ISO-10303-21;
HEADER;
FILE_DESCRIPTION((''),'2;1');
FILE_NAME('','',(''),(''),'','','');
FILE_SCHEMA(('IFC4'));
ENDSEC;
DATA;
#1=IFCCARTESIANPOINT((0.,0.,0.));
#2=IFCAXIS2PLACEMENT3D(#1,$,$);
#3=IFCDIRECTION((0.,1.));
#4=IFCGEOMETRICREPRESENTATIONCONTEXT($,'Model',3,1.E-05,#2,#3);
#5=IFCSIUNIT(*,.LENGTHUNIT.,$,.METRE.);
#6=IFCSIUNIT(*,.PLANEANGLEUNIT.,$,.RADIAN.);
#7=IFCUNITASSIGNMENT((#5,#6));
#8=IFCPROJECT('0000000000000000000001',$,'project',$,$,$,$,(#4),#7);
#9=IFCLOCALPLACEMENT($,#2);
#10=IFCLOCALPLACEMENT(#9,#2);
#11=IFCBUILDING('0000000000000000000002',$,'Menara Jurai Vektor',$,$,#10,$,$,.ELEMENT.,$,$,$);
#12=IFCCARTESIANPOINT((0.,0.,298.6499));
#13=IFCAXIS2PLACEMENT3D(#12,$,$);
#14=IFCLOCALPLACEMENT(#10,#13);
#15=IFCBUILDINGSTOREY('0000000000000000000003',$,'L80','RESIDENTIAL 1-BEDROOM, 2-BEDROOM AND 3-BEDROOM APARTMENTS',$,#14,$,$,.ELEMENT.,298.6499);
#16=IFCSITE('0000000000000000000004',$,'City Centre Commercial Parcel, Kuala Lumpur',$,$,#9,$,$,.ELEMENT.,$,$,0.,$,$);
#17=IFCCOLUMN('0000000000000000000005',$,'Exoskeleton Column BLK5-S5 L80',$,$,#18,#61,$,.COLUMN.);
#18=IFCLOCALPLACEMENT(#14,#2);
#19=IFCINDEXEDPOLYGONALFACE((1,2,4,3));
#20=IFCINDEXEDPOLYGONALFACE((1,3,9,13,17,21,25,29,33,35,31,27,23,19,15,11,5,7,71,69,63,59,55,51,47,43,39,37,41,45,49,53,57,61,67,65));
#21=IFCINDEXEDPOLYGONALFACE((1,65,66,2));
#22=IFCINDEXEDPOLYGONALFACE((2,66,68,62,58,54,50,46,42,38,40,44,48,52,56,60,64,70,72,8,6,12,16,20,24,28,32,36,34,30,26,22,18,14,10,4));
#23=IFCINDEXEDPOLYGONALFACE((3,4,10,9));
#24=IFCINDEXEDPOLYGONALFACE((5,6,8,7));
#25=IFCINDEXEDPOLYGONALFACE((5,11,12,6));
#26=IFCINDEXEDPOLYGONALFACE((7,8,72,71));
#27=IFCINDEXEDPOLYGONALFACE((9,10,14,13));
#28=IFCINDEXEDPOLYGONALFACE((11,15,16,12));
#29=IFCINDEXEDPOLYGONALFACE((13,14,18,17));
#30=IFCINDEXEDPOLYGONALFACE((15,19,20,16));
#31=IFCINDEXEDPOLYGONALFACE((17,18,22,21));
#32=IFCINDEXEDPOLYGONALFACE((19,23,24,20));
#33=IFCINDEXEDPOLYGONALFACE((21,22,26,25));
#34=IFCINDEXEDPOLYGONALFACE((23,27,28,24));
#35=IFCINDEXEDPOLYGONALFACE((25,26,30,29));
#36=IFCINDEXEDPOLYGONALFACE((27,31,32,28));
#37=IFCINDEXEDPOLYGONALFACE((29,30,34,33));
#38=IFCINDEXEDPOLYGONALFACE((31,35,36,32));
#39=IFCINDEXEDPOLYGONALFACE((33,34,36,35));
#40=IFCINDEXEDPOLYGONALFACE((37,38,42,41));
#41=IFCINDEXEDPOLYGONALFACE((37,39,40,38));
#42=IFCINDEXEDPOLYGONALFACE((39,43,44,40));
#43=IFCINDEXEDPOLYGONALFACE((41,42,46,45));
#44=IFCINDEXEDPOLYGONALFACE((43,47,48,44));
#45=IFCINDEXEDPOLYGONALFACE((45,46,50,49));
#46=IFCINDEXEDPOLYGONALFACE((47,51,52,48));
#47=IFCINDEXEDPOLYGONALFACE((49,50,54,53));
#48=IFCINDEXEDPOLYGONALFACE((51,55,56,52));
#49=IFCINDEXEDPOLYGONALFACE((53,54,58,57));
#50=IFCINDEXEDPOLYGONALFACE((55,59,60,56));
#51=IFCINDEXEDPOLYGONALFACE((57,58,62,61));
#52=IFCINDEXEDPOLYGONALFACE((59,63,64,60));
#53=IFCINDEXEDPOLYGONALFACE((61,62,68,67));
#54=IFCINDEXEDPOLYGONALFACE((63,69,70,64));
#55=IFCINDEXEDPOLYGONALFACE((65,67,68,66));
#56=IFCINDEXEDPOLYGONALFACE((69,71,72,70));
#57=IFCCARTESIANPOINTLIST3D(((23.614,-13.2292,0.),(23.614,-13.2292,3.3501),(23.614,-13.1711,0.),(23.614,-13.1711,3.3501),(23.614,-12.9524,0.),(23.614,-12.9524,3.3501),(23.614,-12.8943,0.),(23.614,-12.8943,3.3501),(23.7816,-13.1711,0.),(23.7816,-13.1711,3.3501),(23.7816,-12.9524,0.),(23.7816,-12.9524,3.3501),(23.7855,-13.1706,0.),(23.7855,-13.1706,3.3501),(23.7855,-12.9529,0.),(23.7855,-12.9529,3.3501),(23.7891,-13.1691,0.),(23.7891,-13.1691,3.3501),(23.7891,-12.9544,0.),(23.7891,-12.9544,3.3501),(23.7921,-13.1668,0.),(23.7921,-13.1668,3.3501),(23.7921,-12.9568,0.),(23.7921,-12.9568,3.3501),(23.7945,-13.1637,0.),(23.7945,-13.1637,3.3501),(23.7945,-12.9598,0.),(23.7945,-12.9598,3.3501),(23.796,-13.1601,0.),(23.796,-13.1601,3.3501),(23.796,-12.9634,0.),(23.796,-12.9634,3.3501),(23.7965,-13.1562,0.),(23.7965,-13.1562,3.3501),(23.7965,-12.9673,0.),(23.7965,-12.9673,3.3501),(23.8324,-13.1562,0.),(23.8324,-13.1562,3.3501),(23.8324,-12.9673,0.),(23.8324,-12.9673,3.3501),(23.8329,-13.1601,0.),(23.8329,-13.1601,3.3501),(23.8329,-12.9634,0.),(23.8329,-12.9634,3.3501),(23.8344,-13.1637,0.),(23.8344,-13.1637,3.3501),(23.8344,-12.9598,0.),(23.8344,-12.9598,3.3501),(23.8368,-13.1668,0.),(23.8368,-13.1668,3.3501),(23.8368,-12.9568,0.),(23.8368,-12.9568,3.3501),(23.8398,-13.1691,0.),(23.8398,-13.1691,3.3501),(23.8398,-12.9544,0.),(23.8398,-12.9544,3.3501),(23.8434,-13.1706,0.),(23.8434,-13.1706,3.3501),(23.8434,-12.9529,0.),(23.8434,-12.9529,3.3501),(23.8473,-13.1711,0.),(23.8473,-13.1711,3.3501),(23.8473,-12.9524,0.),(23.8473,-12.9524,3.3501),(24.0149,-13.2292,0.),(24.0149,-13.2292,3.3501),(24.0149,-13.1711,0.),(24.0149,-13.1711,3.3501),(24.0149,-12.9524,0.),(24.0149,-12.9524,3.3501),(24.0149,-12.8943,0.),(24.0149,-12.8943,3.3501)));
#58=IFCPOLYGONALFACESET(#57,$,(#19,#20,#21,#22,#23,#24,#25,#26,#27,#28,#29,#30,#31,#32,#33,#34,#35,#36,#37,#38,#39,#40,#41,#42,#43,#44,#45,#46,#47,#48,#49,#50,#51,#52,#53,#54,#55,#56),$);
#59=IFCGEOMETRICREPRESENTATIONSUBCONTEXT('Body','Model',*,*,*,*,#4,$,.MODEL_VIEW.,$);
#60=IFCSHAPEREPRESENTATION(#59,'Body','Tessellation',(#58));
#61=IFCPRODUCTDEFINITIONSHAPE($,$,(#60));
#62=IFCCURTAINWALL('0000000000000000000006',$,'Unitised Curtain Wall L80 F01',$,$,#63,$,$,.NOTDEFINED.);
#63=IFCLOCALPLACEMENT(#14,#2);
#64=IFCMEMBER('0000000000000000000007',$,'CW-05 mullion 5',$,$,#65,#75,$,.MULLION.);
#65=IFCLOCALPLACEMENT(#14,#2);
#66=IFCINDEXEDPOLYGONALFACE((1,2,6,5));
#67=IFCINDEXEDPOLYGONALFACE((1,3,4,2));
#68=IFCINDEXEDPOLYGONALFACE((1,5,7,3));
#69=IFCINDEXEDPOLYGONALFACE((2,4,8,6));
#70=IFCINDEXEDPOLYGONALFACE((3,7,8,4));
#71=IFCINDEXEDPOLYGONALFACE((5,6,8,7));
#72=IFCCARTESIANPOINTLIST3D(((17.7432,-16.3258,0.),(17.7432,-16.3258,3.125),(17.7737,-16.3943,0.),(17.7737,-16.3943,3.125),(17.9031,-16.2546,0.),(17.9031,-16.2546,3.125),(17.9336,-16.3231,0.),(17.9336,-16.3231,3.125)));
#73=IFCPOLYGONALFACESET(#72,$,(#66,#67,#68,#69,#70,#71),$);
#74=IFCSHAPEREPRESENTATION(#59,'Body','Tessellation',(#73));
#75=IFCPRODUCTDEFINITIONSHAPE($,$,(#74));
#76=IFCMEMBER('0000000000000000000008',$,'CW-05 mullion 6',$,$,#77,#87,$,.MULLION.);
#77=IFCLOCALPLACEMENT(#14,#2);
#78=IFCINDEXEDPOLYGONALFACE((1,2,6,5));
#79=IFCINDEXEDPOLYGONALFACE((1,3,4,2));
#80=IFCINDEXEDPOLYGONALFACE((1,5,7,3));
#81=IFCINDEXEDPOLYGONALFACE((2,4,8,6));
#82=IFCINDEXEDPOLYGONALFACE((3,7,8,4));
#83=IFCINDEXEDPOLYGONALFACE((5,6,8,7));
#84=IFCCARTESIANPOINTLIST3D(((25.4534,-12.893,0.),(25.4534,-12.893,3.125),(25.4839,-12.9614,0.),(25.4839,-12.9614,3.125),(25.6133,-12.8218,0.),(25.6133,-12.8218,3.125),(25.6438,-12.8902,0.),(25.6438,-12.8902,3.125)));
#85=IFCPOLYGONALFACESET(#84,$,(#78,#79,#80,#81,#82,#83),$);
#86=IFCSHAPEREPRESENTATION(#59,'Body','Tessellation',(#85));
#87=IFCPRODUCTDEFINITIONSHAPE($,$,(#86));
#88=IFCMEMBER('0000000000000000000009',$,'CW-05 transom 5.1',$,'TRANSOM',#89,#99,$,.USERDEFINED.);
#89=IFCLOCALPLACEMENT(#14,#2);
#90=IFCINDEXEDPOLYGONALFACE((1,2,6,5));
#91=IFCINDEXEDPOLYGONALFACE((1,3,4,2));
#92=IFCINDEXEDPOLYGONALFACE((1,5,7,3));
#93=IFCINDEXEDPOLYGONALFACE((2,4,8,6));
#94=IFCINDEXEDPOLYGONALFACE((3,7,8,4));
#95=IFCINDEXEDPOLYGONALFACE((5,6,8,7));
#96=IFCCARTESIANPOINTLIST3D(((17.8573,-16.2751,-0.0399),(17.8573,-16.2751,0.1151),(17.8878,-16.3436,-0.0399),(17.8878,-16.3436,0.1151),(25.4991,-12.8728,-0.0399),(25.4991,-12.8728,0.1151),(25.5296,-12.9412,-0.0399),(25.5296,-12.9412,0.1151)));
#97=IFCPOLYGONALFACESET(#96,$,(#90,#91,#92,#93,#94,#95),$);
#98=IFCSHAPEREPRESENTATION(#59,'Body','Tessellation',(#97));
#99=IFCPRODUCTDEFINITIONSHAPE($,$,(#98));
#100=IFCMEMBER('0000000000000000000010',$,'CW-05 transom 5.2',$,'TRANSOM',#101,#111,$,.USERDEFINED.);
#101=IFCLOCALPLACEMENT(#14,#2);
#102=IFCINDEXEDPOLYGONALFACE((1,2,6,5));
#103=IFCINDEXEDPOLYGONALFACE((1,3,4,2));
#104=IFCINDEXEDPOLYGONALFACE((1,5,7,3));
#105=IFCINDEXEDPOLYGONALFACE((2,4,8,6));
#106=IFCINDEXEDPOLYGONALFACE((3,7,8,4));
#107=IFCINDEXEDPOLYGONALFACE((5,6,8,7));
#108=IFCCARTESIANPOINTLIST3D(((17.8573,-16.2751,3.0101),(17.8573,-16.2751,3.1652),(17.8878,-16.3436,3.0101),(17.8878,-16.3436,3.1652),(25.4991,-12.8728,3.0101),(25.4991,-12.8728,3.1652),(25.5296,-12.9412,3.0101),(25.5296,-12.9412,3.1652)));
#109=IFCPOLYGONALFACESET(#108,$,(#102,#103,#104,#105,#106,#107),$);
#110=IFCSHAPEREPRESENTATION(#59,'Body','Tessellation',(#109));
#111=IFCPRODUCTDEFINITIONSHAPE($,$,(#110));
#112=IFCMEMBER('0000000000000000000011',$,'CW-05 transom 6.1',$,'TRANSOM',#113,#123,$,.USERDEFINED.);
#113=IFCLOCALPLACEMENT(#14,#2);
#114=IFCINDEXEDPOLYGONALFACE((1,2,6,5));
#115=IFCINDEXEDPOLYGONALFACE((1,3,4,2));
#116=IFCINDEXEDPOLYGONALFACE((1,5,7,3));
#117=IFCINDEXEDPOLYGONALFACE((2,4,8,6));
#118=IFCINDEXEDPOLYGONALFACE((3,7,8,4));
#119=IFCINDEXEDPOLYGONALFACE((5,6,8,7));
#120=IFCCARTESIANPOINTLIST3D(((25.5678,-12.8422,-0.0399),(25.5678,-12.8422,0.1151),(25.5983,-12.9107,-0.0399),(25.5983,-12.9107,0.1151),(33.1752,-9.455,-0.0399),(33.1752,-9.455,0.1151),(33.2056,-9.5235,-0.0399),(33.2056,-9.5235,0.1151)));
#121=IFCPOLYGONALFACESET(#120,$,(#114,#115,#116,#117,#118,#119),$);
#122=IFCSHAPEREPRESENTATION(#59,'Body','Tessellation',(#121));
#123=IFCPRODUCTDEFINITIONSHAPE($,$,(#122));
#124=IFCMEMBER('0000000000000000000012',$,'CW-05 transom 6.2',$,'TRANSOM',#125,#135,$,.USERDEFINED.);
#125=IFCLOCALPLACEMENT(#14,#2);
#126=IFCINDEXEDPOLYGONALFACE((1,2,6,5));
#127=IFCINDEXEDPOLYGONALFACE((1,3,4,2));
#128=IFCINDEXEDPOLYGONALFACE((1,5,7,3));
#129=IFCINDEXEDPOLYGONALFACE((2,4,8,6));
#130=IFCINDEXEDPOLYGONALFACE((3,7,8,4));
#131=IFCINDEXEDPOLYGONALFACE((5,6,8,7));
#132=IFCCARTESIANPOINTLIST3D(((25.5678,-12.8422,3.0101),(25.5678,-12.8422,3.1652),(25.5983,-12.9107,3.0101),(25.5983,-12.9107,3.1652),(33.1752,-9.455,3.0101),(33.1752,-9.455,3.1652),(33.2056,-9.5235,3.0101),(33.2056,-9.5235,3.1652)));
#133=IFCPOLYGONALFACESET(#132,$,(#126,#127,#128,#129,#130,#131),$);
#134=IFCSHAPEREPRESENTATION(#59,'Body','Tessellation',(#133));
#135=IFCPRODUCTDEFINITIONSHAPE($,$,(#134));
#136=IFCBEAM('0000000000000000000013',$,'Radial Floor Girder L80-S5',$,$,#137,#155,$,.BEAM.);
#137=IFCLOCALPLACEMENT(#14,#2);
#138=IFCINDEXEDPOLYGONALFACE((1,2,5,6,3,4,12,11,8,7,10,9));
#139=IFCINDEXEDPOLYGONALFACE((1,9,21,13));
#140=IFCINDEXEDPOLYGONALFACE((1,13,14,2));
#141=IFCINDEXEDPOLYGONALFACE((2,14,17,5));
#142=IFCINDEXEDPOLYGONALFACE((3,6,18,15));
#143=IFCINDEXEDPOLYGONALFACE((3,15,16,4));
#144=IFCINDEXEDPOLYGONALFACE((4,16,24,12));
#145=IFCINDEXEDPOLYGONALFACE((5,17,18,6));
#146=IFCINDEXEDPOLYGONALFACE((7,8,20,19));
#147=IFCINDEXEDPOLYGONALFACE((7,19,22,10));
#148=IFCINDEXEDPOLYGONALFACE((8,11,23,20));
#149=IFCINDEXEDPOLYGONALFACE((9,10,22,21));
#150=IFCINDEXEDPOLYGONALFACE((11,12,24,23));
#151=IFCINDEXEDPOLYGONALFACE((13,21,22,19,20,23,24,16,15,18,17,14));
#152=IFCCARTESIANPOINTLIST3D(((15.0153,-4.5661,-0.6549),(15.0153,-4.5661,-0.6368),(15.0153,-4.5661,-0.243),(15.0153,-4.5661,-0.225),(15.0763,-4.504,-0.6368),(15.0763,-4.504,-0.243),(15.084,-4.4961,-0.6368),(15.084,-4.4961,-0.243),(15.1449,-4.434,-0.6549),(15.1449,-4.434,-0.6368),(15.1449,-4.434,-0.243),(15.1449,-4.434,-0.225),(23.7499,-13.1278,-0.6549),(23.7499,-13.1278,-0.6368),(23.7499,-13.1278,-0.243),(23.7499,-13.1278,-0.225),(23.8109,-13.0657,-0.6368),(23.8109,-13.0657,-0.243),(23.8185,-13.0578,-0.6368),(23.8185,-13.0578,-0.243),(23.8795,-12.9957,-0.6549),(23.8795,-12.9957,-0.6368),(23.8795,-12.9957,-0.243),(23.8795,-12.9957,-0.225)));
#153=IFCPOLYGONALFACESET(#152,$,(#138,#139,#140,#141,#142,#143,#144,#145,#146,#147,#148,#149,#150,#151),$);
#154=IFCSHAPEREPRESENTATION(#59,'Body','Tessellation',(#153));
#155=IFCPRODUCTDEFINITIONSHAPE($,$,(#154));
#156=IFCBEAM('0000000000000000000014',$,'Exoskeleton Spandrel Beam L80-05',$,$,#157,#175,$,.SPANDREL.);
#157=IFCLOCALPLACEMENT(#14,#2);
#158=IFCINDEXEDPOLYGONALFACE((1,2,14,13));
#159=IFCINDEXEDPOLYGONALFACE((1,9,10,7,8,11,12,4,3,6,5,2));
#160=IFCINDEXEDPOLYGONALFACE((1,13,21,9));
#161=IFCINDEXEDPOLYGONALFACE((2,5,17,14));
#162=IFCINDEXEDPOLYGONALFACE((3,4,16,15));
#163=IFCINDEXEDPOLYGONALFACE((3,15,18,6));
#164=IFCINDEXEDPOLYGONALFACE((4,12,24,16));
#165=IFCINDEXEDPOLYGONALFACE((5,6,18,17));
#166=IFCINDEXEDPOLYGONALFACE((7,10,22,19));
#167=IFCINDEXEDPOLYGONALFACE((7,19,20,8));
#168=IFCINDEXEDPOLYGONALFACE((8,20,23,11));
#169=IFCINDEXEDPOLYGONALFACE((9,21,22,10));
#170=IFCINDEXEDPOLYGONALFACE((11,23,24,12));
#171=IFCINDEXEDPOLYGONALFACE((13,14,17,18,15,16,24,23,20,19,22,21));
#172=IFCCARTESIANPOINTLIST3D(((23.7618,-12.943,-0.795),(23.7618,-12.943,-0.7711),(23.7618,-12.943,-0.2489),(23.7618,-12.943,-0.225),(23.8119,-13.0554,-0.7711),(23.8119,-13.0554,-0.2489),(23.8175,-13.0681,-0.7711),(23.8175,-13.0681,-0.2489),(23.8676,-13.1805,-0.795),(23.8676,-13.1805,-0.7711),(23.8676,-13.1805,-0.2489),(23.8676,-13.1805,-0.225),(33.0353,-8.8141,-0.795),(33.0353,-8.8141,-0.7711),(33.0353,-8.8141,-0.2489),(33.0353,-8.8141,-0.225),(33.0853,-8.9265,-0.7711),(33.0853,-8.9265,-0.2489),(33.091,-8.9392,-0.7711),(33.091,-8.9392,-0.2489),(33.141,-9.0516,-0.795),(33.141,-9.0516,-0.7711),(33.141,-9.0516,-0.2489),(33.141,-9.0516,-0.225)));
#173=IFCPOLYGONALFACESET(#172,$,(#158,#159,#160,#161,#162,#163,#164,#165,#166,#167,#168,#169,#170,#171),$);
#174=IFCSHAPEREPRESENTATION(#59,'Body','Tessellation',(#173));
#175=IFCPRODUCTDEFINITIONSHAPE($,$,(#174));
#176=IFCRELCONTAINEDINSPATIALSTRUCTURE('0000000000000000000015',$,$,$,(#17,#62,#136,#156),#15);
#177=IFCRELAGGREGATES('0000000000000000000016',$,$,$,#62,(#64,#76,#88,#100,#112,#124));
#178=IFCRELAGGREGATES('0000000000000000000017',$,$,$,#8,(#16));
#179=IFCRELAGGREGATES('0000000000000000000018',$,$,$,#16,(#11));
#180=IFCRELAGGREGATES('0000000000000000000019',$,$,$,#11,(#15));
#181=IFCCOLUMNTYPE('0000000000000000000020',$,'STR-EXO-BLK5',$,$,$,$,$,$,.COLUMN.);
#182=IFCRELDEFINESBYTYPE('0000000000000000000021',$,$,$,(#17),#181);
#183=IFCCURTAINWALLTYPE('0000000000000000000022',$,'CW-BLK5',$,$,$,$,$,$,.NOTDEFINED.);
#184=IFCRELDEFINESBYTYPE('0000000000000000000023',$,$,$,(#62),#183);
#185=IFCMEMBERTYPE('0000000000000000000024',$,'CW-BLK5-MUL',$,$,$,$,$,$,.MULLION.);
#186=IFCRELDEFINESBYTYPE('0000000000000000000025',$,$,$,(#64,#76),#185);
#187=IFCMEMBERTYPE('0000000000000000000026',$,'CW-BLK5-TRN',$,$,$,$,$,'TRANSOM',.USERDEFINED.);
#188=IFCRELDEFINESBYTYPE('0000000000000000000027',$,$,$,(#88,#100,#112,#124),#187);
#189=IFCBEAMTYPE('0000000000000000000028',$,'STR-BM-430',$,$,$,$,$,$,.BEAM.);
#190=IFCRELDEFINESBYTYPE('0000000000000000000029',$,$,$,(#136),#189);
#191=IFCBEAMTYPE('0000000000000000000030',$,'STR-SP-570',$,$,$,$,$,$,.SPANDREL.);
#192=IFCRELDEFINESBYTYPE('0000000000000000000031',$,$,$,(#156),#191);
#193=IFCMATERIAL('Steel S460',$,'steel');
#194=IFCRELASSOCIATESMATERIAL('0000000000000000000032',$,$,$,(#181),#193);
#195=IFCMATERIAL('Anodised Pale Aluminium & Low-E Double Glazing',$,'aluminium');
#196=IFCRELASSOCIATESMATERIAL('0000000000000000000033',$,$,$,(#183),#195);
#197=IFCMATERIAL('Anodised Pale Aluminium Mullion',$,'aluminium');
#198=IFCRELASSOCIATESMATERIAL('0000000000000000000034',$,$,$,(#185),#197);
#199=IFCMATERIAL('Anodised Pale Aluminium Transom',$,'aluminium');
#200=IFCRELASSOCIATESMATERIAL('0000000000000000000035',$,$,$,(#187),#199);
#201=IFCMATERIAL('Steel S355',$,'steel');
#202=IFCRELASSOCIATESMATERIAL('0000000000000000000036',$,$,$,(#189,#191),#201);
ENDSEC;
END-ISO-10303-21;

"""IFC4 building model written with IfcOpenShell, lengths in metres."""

from ifc_helpers import new_model, si_unit, direction, frame, origin, origin_2d, place, context, subcontext, project, spatial, rectangle, i_section, extrude, material, material_profile, profile_set, type_object, element, aggregate, save


model = new_model("IFC4")

# Units and contexts
model_context = context("Model", 3, precision=1e-05, world=origin(), true_north=direction((0.0, 1.0)))
body_context = subcontext(model_context, "Body", "Model", "MODEL_VIEW")
ifc_project = project(units=[si_unit("LENGTHUNIT", "METRE"), si_unit("PLANEANGLEUNIT", "RADIAN")], contexts=[model_context])

# Site, building, storey
site_placement = place(None, origin())
site = spatial("IfcSite", under=ifc_project, at=site_placement, Name="City Centre Commercial Parcel, Kuala Lumpur", CompositionType="ELEMENT", RefElevation=0.0)
building_placement = place(site_placement, origin())
building = spatial("IfcBuilding", under=site, at=building_placement, Name="Menara Jurai Vektor", CompositionType="ELEMENT")
storey_placement = place(building_placement, frame((0.0, 0.0, 298.6499)))
storey = spatial("IfcBuildingStorey", under=building, at=storey_placement, Name="L80", Description="RESIDENTIAL 1-BEDROOM, 2-BEDROOM AND 3-BEDROOM APARTMENTS", CompositionType="ELEMENT", Elevation=298.6499)

# Column
ifc_material_1 = material(Name="Steel S460", Category="steel")
ifc_material_profile_1 = material_profile(ifc_material_1, i_section(OverallWidth=0.4009, OverallDepth=0.335, WebThickness=0.0359, FlangeThickness=0.0581, FilletRadius=0.0149, at=origin_2d()), Name="HD 400x463")
ifc_profile_set_1 = profile_set([ifc_material_profile_1], Name="Steel S460")
column_type = type_object("IfcColumnType", Name="STR-EXO-BLK5", PredefinedType="COLUMN", material=ifc_profile_set_1)
column_placement = place(storey_placement, frame((23.8145, -13.0618, 0.0), z_axis=(0.0, 0.0, 1.0), x_axis=(1.0, 0.0, 0.0)))
element("IfcColumn", 1, at=column_placement, inside=storey, type_object=column_type, Name="Exoskeleton Column BLK5-S5 L80", PredefinedType="COLUMN", context=body_context, shape_type="SweptSolid", body=[
    extrude(i_section(OverallWidth=0.4009, OverallDepth=0.335, WebThickness=0.0359, FlangeThickness=0.0581, FilletRadius=0.0149, at=origin_2d()), origin(), (0.0, 0.0, 1.0), 3.3501),
])

# Curtain wall, members
ifc_material_2 = material(Name="Anodised Pale Aluminium & Low-E Double Glazing", Category="aluminium")
curtain_wall_type = type_object("IfcCurtainWallType", Name="CW-BLK5", PredefinedType="NOTDEFINED", material=ifc_material_2)
curtain_wall_placement = place(storey_placement, origin())
curtain_wall = element("IfcCurtainWall", 2, at=curtain_wall_placement, inside=storey, type_object=curtain_wall_type, Name="Unitised Curtain Wall L80 F01", PredefinedType="NOTDEFINED")
ifc_material_3 = material(Name="Anodised Pale Aluminium Mullion", Category="aluminium")
ifc_material_profile_2 = material_profile(ifc_material_3, rectangle(XDim=0.075, YDim=0.175, at=origin_2d()), Name="ALU MUL 75x175")
ifc_profile_set_2 = profile_set([ifc_material_profile_2], Name="Anodised Pale Aluminium Mullion")
member_type_1 = type_object("IfcMemberType", Name="CW-BLK5-MUL", PredefinedType="MULLION", material=ifc_profile_set_2)
member_1_placement = place(storey_placement, frame((17.8384, -16.3245, 0.0), z_axis=(0.0, 0.0, 1.0), x_axis=(-0.406735, 0.913546, 0.0)))
member_1 = element("IfcMember", 3, at=member_1_placement, type_object=member_type_1, Name="CW-05 mullion 5", PredefinedType="MULLION", context=body_context, shape_type="SweptSolid", body=[
    extrude(rectangle(XDim=0.075, YDim=0.175, at=origin_2d()), origin(), (0.0, 0.0, 1.0), 3.125),
])
member_2_placement = place(storey_placement, frame((25.5486, -12.8916, 0.0), z_axis=(0.0, 0.0, 1.0), x_axis=(-0.406735, 0.913546, 0.0)))
member_2 = element("IfcMember", 4, at=member_2_placement, type_object=member_type_1, Name="CW-05 mullion 6", PredefinedType="MULLION", context=body_context, shape_type="SweptSolid", body=[
    extrude(rectangle(XDim=0.075, YDim=0.175, at=origin_2d()), origin(), (0.0, 0.0, 1.0), 3.125),
])
ifc_material_4 = material(Name="Anodised Pale Aluminium Transom", Category="aluminium")
ifc_material_profile_3 = material_profile(ifc_material_4, rectangle(XDim=0.075, YDim=0.155, at=origin_2d()), Name="ALU TRN 75x155")
ifc_profile_set_3 = profile_set([ifc_material_profile_3], Name="Anodised Pale Aluminium Transom")
member_type_2 = type_object("IfcMemberType", Name="CW-BLK5-TRN", ElementType="TRANSOM", PredefinedType="USERDEFINED", material=ifc_profile_set_3)
member_3_placement = place(storey_placement, frame((17.8726, -16.3093, 0.0376), z_axis=(0.913547, 0.406734, 0.0), x_axis=(-0.406734, 0.913547, 0.0)))
member_3 = element("IfcMember", 5, at=member_3_placement, type_object=member_type_2, Name="CW-05 transom 5.1", ObjectType="TRANSOM", PredefinedType="USERDEFINED", context=body_context, shape_type="SweptSolid", body=[
    extrude(rectangle(XDim=0.075, YDim=0.155, at=origin_2d()), origin(), (0.0, 0.0, 1.0), 8.365),
])
member_4_placement = place(storey_placement, frame((17.8726, -16.3093, 3.0876), z_axis=(0.913547, 0.406734, 0.0), x_axis=(-0.406734, 0.913547, 0.0)))
member_4 = element("IfcMember", 6, at=member_4_placement, type_object=member_type_2, Name="CW-05 transom 5.2", ObjectType="TRANSOM", PredefinedType="USERDEFINED", context=body_context, shape_type="SweptSolid", body=[
    extrude(rectangle(XDim=0.075, YDim=0.155, at=origin_2d()), origin(), (0.0, 0.0, 1.0), 8.365),
])
member_5_placement = place(storey_placement, frame((25.583, -12.8765, 0.0376), z_axis=(0.913538, 0.406753, 0.0), x_axis=(-0.406753, 0.913538, 0.0)))
member_5 = element("IfcMember", 7, at=member_5_placement, type_object=member_type_2, Name="CW-05 transom 6.1", ObjectType="TRANSOM", PredefinedType="USERDEFINED", context=body_context, shape_type="SweptSolid", body=[
    extrude(rectangle(XDim=0.075, YDim=0.155, at=origin_2d()), origin(), (0.0, 0.0, 1.0), 8.3274),
])
member_6_placement = place(storey_placement, frame((25.583, -12.8765, 3.0876), z_axis=(0.913538, 0.406753, 0.0), x_axis=(-0.406753, 0.913538, 0.0)))
member_6 = element("IfcMember", 8, at=member_6_placement, type_object=member_type_2, Name="CW-05 transom 6.2", ObjectType="TRANSOM", PredefinedType="USERDEFINED", context=body_context, shape_type="SweptSolid", body=[
    extrude(rectangle(XDim=0.075, YDim=0.155, at=origin_2d()), origin(), (0.0, 0.0, 1.0), 8.3274),
])

# Beams
ifc_material_5 = material(Name="Steel S355", Category="steel")
ifc_material_profile_4 = material_profile(ifc_material_5, i_section(OverallWidth=0.1851, OverallDepth=0.4299, WebThickness=0.011, FlangeThickness=0.0181, at=origin_2d()), Name="PG 430x185x76")
ifc_profile_set_4 = profile_set([ifc_material_profile_4], Name="Steel S355")
beam_type_1 = type_object("IfcBeamType", Name="STR-BM-430", PredefinedType="BEAM", material=ifc_profile_set_4)
beam_1_placement = place(storey_placement, frame((23.8147, -13.0618, -0.4399), z_axis=(-0.714138, 0.700005, 0.0), x_axis=(-0.700005, -0.714138, 0.0)))
element("IfcBeam", 9, at=beam_1_placement, inside=storey, type_object=beam_type_1, Name="Radial Floor Girder L80-S5", PredefinedType="BEAM", context=body_context, shape_type="SweptSolid", body=[
    extrude(i_section(OverallWidth=0.1851, OverallDepth=0.4299, WebThickness=0.011, FlangeThickness=0.0181, at=origin_2d()), origin(), (0.0, 0.0, 1.0), 12.231),
])
ifc_material_profile_5 = material_profile(ifc_material_5, i_section(OverallWidth=0.26, OverallDepth=0.5701, WebThickness=0.0139, FlangeThickness=0.0239, at=origin_2d()), Name="PG 570x260x145")
ifc_profile_set_5 = profile_set([ifc_material_profile_5], Name="Steel S355")
beam_type_2 = type_object("IfcBeamType", Name="STR-SP-570", PredefinedType="SPANDREL", material=ifc_profile_set_5)
beam_2_placement = place(storey_placement, frame((23.8147, -13.0618, -0.51), z_axis=(0.913542, 0.406745, 0.0), x_axis=(-0.406745, 0.913542, 0.0)))
element("IfcBeam", 10, at=beam_2_placement, inside=storey, type_object=beam_type_2, Name="Exoskeleton Spandrel Beam L80-05", PredefinedType="SPANDREL", context=body_context, shape_type="SweptSolid", body=[
    extrude(i_section(OverallWidth=0.26, OverallDepth=0.5701, WebThickness=0.0139, FlangeThickness=0.0239, at=origin_2d()), origin(), (0.0, 0.0, 1.0), 10.1511),
])

aggregate(curtain_wall, [member_1, member_2, member_3, member_4, member_5, member_6])

save(model, "model.ifc")
